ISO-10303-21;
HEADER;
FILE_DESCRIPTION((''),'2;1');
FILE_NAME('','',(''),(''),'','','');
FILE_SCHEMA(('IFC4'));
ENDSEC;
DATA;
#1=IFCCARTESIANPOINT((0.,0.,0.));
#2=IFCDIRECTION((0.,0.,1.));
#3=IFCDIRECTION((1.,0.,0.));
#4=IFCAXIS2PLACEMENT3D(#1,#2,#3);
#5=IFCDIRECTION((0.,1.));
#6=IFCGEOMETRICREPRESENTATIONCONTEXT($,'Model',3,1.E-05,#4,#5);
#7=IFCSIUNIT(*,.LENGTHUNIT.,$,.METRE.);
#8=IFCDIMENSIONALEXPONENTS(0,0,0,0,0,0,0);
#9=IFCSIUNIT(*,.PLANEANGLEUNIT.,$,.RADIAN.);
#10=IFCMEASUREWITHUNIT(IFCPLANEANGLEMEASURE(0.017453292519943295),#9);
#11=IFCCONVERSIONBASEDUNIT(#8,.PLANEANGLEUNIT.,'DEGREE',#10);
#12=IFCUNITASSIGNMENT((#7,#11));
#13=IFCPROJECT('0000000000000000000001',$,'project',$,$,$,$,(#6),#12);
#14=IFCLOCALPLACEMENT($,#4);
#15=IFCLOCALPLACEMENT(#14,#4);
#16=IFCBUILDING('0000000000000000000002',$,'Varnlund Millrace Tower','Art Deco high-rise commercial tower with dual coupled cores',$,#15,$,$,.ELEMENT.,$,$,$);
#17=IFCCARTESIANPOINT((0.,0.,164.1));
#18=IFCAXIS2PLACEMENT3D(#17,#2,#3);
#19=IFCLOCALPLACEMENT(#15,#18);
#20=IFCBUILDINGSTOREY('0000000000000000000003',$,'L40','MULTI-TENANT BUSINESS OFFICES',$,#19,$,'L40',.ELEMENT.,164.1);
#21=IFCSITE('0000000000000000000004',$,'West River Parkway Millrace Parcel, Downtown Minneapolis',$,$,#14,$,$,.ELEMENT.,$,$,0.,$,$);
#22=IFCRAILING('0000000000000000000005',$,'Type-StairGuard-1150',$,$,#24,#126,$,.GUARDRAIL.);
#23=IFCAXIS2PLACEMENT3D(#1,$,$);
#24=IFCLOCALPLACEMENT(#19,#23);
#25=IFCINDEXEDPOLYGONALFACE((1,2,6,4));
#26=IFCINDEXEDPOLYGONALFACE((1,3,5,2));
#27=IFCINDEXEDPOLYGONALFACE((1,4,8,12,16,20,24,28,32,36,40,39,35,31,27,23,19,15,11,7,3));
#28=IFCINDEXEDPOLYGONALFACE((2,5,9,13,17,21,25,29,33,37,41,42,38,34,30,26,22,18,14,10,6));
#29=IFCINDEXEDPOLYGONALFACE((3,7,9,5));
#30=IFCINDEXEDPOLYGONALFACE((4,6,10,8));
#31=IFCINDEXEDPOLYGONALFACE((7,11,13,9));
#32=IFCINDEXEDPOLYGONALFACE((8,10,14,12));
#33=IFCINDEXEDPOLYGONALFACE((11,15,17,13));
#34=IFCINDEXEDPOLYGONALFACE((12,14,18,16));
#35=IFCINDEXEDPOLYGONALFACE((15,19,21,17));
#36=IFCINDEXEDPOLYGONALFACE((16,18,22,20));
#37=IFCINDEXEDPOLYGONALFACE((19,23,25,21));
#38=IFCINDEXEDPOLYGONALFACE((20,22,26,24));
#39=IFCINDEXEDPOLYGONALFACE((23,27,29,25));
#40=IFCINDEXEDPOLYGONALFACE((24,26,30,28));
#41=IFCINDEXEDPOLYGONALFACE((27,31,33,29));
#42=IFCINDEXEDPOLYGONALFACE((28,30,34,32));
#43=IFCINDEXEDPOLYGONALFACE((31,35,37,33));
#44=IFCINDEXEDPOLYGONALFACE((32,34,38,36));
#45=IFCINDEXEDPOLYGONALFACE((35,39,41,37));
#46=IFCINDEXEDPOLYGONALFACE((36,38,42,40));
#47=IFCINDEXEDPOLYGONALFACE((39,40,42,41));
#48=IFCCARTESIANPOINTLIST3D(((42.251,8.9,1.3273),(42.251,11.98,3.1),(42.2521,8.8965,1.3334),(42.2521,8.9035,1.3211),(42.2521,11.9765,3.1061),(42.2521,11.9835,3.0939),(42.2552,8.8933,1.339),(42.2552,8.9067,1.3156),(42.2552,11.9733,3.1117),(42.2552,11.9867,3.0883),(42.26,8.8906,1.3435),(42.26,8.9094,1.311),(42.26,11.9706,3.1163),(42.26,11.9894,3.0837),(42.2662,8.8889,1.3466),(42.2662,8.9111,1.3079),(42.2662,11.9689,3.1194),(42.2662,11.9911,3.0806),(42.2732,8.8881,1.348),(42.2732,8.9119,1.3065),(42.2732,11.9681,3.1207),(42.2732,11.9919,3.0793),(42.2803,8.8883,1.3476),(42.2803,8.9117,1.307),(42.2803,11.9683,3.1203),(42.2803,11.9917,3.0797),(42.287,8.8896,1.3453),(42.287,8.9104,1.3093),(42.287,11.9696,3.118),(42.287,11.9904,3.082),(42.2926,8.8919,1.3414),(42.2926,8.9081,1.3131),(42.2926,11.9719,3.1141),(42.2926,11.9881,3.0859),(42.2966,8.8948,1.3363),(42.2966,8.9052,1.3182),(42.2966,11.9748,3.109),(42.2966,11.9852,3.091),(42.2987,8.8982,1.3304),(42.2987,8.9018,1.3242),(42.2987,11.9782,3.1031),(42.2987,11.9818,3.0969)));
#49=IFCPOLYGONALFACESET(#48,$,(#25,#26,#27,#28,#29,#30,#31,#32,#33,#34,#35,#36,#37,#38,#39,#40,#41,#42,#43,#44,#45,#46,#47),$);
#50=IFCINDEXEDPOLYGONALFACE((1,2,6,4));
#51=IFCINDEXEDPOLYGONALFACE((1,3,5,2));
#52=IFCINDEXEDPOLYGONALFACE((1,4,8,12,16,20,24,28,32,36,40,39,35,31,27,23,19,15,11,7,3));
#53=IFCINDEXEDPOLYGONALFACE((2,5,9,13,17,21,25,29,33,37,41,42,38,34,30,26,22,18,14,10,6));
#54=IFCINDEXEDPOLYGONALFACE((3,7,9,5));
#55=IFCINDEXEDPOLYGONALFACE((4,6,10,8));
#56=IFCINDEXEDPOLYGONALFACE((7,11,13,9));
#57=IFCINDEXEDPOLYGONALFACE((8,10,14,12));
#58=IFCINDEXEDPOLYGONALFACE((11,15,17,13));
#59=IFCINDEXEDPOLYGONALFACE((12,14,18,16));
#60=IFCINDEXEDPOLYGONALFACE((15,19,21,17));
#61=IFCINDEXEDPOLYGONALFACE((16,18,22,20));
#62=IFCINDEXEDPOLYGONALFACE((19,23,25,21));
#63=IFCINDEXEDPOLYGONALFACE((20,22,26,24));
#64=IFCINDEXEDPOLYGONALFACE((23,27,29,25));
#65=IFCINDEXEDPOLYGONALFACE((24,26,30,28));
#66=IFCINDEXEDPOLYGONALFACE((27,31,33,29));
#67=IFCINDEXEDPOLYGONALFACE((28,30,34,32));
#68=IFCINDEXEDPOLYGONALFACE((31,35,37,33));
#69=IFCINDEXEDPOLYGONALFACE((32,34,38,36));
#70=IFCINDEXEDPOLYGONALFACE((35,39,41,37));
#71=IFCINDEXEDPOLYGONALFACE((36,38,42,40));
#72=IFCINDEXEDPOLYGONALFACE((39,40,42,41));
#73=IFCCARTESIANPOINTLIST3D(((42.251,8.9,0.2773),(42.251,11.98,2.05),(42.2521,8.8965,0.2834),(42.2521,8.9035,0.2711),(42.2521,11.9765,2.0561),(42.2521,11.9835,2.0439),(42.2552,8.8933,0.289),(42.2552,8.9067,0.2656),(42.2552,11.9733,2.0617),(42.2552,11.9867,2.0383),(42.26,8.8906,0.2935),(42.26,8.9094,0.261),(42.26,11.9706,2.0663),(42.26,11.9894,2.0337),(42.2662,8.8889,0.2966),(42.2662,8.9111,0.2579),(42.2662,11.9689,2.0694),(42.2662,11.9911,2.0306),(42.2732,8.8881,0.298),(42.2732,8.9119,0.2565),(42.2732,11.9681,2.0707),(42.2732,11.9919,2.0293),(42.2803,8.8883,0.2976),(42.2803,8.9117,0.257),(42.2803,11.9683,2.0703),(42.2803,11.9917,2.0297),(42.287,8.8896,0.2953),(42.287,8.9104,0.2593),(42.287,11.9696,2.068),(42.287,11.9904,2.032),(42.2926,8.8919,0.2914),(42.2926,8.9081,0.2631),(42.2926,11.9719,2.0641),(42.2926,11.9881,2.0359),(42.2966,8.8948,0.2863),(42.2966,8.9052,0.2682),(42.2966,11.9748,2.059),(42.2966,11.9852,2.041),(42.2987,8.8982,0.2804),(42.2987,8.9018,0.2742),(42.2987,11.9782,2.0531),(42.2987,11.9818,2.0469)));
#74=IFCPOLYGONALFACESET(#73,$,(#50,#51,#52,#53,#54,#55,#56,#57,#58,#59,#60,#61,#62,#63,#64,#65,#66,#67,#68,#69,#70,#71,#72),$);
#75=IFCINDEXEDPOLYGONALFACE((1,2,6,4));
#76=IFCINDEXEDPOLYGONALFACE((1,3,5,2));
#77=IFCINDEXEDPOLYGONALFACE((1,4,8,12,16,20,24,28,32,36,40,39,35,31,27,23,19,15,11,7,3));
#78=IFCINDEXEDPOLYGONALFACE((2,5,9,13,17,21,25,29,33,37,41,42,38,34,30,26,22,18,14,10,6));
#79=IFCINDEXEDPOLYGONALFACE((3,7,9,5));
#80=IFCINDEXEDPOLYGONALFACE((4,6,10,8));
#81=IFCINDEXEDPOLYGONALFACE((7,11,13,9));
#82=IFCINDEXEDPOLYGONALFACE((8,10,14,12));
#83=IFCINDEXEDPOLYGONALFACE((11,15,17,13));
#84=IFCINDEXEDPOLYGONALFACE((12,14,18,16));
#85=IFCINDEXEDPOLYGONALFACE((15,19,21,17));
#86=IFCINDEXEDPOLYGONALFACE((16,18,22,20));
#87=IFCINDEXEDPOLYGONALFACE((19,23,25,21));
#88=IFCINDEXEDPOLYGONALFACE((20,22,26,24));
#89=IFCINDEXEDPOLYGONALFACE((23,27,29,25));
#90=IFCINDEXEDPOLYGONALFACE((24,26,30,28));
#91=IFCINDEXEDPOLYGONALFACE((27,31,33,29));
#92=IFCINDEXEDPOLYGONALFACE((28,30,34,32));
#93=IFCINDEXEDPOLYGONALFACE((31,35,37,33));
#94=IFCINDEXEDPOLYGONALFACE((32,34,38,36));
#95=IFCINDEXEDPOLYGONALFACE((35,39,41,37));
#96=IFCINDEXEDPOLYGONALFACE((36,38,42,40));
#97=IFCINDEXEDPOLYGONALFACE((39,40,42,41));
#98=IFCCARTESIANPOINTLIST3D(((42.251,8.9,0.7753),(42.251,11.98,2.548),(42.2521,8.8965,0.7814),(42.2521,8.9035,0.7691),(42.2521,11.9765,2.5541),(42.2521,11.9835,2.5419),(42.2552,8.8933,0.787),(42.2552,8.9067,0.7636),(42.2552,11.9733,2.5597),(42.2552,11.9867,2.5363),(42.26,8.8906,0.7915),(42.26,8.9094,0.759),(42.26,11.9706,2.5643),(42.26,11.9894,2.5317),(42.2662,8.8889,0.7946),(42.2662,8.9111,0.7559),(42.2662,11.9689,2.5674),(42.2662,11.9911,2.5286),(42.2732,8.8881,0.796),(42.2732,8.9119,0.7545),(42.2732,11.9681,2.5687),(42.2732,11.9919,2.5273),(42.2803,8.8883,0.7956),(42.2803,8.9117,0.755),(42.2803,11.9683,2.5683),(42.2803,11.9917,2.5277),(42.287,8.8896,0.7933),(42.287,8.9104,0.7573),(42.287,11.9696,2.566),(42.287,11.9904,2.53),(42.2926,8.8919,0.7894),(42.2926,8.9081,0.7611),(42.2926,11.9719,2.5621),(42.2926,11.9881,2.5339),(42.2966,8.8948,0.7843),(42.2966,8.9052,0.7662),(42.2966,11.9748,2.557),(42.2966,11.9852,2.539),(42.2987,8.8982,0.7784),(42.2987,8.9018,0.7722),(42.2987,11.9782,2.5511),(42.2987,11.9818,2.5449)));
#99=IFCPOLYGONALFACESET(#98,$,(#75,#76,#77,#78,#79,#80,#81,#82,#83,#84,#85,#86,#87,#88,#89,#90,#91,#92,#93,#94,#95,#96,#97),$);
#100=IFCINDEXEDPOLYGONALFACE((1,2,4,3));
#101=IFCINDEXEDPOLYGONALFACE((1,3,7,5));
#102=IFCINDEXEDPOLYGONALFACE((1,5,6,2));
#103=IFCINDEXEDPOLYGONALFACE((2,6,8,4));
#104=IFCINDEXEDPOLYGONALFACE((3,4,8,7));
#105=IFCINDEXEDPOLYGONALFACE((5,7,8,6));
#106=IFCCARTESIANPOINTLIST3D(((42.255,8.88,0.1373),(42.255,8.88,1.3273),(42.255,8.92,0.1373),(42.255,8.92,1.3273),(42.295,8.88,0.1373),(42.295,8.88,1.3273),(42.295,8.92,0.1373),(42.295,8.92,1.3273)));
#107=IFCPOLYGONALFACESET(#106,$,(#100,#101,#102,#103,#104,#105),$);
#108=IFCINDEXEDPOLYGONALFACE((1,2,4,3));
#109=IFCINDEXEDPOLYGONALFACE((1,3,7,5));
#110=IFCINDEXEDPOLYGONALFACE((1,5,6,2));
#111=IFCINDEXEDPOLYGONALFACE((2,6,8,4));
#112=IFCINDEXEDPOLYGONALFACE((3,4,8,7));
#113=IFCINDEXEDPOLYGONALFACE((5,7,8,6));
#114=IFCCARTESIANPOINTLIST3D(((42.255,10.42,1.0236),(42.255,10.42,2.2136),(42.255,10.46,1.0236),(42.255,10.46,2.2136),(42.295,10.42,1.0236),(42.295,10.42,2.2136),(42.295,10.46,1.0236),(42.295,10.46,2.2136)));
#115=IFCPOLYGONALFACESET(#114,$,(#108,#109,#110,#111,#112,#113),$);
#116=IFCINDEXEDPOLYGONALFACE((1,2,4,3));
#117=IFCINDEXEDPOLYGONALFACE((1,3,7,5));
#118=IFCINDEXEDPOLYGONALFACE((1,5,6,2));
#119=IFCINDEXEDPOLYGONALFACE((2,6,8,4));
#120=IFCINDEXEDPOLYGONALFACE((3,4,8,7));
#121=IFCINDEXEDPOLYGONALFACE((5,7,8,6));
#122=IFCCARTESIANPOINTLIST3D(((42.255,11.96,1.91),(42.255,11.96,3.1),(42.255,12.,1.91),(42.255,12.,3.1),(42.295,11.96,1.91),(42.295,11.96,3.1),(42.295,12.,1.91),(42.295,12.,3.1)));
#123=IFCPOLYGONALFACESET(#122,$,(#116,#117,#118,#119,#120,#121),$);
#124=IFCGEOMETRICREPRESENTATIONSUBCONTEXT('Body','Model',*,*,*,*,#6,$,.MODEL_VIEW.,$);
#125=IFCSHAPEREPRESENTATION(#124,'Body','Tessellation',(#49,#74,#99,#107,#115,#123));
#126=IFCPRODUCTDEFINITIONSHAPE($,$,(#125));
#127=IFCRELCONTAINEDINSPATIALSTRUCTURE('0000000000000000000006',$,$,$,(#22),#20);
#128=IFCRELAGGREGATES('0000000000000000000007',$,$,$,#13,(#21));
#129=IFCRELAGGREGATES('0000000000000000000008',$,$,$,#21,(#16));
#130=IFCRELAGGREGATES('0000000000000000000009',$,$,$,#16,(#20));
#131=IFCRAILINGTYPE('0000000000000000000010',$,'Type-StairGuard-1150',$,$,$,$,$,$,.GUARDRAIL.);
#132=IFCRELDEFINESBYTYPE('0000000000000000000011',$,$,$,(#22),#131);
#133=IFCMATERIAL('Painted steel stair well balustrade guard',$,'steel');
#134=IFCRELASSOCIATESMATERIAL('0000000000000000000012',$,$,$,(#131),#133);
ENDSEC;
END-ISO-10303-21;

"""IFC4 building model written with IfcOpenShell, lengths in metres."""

from ifc_helpers import new_model, entity, si_unit, converted_unit, direction, frame, origin_with_axes, origin_2d_with_axis, place, context, subcontext, project, spatial, rectangle, circle, extrude, material, type_object, element, save


model = new_model("IFC4")

# Units and contexts
model_context = context("Model", 3, precision=1e-05, world=origin_with_axes(), true_north=direction((0.0, 1.0)))
body_context = subcontext(model_context, "Body", "Model", "MODEL_VIEW")
ifc_project = project(units=[si_unit("LENGTHUNIT", "METRE"), converted_unit("PLANEANGLEUNIT", "DEGREE", entity("IfcPlaneAngleMeasure", 0.017453292519943295), si_unit("PLANEANGLEUNIT", "RADIAN"), dimensions=[0, 0, 0, 0, 0, 0, 0])], contexts=[model_context])

# Site, building, storey
site_placement = place(None, origin_with_axes())
site = spatial("IfcSite", under=ifc_project, at=site_placement, Name="West River Parkway Millrace Parcel, Downtown Minneapolis", CompositionType="ELEMENT", RefElevation=0.0)
building_placement = place(site_placement, origin_with_axes())
building = spatial("IfcBuilding", under=site, at=building_placement, Name="Varnlund Millrace Tower", Description="Art Deco high-rise commercial tower with dual coupled cores", CompositionType="ELEMENT")
storey_placement = place(building_placement, frame((0.0, 0.0, 164.1), z_axis=(0.0, 0.0, 1.0), x_axis=(1.0, 0.0, 0.0)))
storey = spatial("IfcBuildingStorey", under=building, at=storey_placement, Name="L40", Description="MULTI-TENANT BUSINESS OFFICES", LongName="L40", CompositionType="ELEMENT", Elevation=164.1)

# Railing
ifc_material_1 = material(Name="Painted steel stair well balustrade guard", Category="steel")
railing_type_1 = type_object("IfcRailingType", Name="Type-StairGuard-1150", PredefinedType="GUARDRAIL", material=ifc_material_1)
railing_1_placement = place(storey_placement, frame((0.0, 0.0, -164.1), z_axis=(0.0, 0.0, 1.0), x_axis=(1.0, 0.0, 0.0)))
element("IfcRailing", 1, at=railing_1_placement, inside=storey, type_object=railing_type_1, Name="Type-StairGuard-1150", PredefinedType="GUARDRAIL", context=body_context, shape_type="SweptSolid", body=[
    extrude(circle(Radius=0.024, at=origin_2d_with_axis()), frame((42.275, 8.9, 165.4273), z_axis=(0.0, 0.866696, 0.498836), x_axis=(-1.0, 0.0, 0.0)), (0.0, 0.0, 1.0), 3.5537),
    extrude(circle(Radius=0.024, at=origin_2d_with_axis()), frame((42.275, 8.9, 164.3773), z_axis=(0.0, 0.866696, 0.498836), x_axis=(-1.0, 0.0, 0.0)), (0.0, 0.0, 1.0), 3.5537),
    extrude(circle(Radius=0.024, at=origin_2d_with_axis()), frame((42.275, 8.9, 164.8753), z_axis=(0.0, 0.866696, 0.498836), x_axis=(-1.0, 0.0, 0.0)), (0.0, 0.0, 1.0), 3.5537),
    extrude(rectangle(XDim=0.04, YDim=0.04, at=origin_2d_with_axis()), frame((42.275, 8.9, 164.2373), z_axis=(0.0, 0.0, 1.0), x_axis=(1.0, 0.0, 0.0)), (0.0, 0.0, 1.0), 1.19),
    extrude(rectangle(XDim=0.04, YDim=0.04, at=origin_2d_with_axis()), frame((42.275, 10.44, 165.1236), z_axis=(0.0, 0.0, 1.0), x_axis=(1.0, 0.0, 0.0)), (0.0, 0.0, 1.0), 1.19),
    extrude(rectangle(XDim=0.04, YDim=0.04, at=origin_2d_with_axis()), frame((42.275, 11.98, 166.01), z_axis=(0.0, 0.0, 1.0), x_axis=(1.0, 0.0, 0.0)), (0.0, 0.0, 1.0), 1.19),
])

save(model, "model.ifc")
